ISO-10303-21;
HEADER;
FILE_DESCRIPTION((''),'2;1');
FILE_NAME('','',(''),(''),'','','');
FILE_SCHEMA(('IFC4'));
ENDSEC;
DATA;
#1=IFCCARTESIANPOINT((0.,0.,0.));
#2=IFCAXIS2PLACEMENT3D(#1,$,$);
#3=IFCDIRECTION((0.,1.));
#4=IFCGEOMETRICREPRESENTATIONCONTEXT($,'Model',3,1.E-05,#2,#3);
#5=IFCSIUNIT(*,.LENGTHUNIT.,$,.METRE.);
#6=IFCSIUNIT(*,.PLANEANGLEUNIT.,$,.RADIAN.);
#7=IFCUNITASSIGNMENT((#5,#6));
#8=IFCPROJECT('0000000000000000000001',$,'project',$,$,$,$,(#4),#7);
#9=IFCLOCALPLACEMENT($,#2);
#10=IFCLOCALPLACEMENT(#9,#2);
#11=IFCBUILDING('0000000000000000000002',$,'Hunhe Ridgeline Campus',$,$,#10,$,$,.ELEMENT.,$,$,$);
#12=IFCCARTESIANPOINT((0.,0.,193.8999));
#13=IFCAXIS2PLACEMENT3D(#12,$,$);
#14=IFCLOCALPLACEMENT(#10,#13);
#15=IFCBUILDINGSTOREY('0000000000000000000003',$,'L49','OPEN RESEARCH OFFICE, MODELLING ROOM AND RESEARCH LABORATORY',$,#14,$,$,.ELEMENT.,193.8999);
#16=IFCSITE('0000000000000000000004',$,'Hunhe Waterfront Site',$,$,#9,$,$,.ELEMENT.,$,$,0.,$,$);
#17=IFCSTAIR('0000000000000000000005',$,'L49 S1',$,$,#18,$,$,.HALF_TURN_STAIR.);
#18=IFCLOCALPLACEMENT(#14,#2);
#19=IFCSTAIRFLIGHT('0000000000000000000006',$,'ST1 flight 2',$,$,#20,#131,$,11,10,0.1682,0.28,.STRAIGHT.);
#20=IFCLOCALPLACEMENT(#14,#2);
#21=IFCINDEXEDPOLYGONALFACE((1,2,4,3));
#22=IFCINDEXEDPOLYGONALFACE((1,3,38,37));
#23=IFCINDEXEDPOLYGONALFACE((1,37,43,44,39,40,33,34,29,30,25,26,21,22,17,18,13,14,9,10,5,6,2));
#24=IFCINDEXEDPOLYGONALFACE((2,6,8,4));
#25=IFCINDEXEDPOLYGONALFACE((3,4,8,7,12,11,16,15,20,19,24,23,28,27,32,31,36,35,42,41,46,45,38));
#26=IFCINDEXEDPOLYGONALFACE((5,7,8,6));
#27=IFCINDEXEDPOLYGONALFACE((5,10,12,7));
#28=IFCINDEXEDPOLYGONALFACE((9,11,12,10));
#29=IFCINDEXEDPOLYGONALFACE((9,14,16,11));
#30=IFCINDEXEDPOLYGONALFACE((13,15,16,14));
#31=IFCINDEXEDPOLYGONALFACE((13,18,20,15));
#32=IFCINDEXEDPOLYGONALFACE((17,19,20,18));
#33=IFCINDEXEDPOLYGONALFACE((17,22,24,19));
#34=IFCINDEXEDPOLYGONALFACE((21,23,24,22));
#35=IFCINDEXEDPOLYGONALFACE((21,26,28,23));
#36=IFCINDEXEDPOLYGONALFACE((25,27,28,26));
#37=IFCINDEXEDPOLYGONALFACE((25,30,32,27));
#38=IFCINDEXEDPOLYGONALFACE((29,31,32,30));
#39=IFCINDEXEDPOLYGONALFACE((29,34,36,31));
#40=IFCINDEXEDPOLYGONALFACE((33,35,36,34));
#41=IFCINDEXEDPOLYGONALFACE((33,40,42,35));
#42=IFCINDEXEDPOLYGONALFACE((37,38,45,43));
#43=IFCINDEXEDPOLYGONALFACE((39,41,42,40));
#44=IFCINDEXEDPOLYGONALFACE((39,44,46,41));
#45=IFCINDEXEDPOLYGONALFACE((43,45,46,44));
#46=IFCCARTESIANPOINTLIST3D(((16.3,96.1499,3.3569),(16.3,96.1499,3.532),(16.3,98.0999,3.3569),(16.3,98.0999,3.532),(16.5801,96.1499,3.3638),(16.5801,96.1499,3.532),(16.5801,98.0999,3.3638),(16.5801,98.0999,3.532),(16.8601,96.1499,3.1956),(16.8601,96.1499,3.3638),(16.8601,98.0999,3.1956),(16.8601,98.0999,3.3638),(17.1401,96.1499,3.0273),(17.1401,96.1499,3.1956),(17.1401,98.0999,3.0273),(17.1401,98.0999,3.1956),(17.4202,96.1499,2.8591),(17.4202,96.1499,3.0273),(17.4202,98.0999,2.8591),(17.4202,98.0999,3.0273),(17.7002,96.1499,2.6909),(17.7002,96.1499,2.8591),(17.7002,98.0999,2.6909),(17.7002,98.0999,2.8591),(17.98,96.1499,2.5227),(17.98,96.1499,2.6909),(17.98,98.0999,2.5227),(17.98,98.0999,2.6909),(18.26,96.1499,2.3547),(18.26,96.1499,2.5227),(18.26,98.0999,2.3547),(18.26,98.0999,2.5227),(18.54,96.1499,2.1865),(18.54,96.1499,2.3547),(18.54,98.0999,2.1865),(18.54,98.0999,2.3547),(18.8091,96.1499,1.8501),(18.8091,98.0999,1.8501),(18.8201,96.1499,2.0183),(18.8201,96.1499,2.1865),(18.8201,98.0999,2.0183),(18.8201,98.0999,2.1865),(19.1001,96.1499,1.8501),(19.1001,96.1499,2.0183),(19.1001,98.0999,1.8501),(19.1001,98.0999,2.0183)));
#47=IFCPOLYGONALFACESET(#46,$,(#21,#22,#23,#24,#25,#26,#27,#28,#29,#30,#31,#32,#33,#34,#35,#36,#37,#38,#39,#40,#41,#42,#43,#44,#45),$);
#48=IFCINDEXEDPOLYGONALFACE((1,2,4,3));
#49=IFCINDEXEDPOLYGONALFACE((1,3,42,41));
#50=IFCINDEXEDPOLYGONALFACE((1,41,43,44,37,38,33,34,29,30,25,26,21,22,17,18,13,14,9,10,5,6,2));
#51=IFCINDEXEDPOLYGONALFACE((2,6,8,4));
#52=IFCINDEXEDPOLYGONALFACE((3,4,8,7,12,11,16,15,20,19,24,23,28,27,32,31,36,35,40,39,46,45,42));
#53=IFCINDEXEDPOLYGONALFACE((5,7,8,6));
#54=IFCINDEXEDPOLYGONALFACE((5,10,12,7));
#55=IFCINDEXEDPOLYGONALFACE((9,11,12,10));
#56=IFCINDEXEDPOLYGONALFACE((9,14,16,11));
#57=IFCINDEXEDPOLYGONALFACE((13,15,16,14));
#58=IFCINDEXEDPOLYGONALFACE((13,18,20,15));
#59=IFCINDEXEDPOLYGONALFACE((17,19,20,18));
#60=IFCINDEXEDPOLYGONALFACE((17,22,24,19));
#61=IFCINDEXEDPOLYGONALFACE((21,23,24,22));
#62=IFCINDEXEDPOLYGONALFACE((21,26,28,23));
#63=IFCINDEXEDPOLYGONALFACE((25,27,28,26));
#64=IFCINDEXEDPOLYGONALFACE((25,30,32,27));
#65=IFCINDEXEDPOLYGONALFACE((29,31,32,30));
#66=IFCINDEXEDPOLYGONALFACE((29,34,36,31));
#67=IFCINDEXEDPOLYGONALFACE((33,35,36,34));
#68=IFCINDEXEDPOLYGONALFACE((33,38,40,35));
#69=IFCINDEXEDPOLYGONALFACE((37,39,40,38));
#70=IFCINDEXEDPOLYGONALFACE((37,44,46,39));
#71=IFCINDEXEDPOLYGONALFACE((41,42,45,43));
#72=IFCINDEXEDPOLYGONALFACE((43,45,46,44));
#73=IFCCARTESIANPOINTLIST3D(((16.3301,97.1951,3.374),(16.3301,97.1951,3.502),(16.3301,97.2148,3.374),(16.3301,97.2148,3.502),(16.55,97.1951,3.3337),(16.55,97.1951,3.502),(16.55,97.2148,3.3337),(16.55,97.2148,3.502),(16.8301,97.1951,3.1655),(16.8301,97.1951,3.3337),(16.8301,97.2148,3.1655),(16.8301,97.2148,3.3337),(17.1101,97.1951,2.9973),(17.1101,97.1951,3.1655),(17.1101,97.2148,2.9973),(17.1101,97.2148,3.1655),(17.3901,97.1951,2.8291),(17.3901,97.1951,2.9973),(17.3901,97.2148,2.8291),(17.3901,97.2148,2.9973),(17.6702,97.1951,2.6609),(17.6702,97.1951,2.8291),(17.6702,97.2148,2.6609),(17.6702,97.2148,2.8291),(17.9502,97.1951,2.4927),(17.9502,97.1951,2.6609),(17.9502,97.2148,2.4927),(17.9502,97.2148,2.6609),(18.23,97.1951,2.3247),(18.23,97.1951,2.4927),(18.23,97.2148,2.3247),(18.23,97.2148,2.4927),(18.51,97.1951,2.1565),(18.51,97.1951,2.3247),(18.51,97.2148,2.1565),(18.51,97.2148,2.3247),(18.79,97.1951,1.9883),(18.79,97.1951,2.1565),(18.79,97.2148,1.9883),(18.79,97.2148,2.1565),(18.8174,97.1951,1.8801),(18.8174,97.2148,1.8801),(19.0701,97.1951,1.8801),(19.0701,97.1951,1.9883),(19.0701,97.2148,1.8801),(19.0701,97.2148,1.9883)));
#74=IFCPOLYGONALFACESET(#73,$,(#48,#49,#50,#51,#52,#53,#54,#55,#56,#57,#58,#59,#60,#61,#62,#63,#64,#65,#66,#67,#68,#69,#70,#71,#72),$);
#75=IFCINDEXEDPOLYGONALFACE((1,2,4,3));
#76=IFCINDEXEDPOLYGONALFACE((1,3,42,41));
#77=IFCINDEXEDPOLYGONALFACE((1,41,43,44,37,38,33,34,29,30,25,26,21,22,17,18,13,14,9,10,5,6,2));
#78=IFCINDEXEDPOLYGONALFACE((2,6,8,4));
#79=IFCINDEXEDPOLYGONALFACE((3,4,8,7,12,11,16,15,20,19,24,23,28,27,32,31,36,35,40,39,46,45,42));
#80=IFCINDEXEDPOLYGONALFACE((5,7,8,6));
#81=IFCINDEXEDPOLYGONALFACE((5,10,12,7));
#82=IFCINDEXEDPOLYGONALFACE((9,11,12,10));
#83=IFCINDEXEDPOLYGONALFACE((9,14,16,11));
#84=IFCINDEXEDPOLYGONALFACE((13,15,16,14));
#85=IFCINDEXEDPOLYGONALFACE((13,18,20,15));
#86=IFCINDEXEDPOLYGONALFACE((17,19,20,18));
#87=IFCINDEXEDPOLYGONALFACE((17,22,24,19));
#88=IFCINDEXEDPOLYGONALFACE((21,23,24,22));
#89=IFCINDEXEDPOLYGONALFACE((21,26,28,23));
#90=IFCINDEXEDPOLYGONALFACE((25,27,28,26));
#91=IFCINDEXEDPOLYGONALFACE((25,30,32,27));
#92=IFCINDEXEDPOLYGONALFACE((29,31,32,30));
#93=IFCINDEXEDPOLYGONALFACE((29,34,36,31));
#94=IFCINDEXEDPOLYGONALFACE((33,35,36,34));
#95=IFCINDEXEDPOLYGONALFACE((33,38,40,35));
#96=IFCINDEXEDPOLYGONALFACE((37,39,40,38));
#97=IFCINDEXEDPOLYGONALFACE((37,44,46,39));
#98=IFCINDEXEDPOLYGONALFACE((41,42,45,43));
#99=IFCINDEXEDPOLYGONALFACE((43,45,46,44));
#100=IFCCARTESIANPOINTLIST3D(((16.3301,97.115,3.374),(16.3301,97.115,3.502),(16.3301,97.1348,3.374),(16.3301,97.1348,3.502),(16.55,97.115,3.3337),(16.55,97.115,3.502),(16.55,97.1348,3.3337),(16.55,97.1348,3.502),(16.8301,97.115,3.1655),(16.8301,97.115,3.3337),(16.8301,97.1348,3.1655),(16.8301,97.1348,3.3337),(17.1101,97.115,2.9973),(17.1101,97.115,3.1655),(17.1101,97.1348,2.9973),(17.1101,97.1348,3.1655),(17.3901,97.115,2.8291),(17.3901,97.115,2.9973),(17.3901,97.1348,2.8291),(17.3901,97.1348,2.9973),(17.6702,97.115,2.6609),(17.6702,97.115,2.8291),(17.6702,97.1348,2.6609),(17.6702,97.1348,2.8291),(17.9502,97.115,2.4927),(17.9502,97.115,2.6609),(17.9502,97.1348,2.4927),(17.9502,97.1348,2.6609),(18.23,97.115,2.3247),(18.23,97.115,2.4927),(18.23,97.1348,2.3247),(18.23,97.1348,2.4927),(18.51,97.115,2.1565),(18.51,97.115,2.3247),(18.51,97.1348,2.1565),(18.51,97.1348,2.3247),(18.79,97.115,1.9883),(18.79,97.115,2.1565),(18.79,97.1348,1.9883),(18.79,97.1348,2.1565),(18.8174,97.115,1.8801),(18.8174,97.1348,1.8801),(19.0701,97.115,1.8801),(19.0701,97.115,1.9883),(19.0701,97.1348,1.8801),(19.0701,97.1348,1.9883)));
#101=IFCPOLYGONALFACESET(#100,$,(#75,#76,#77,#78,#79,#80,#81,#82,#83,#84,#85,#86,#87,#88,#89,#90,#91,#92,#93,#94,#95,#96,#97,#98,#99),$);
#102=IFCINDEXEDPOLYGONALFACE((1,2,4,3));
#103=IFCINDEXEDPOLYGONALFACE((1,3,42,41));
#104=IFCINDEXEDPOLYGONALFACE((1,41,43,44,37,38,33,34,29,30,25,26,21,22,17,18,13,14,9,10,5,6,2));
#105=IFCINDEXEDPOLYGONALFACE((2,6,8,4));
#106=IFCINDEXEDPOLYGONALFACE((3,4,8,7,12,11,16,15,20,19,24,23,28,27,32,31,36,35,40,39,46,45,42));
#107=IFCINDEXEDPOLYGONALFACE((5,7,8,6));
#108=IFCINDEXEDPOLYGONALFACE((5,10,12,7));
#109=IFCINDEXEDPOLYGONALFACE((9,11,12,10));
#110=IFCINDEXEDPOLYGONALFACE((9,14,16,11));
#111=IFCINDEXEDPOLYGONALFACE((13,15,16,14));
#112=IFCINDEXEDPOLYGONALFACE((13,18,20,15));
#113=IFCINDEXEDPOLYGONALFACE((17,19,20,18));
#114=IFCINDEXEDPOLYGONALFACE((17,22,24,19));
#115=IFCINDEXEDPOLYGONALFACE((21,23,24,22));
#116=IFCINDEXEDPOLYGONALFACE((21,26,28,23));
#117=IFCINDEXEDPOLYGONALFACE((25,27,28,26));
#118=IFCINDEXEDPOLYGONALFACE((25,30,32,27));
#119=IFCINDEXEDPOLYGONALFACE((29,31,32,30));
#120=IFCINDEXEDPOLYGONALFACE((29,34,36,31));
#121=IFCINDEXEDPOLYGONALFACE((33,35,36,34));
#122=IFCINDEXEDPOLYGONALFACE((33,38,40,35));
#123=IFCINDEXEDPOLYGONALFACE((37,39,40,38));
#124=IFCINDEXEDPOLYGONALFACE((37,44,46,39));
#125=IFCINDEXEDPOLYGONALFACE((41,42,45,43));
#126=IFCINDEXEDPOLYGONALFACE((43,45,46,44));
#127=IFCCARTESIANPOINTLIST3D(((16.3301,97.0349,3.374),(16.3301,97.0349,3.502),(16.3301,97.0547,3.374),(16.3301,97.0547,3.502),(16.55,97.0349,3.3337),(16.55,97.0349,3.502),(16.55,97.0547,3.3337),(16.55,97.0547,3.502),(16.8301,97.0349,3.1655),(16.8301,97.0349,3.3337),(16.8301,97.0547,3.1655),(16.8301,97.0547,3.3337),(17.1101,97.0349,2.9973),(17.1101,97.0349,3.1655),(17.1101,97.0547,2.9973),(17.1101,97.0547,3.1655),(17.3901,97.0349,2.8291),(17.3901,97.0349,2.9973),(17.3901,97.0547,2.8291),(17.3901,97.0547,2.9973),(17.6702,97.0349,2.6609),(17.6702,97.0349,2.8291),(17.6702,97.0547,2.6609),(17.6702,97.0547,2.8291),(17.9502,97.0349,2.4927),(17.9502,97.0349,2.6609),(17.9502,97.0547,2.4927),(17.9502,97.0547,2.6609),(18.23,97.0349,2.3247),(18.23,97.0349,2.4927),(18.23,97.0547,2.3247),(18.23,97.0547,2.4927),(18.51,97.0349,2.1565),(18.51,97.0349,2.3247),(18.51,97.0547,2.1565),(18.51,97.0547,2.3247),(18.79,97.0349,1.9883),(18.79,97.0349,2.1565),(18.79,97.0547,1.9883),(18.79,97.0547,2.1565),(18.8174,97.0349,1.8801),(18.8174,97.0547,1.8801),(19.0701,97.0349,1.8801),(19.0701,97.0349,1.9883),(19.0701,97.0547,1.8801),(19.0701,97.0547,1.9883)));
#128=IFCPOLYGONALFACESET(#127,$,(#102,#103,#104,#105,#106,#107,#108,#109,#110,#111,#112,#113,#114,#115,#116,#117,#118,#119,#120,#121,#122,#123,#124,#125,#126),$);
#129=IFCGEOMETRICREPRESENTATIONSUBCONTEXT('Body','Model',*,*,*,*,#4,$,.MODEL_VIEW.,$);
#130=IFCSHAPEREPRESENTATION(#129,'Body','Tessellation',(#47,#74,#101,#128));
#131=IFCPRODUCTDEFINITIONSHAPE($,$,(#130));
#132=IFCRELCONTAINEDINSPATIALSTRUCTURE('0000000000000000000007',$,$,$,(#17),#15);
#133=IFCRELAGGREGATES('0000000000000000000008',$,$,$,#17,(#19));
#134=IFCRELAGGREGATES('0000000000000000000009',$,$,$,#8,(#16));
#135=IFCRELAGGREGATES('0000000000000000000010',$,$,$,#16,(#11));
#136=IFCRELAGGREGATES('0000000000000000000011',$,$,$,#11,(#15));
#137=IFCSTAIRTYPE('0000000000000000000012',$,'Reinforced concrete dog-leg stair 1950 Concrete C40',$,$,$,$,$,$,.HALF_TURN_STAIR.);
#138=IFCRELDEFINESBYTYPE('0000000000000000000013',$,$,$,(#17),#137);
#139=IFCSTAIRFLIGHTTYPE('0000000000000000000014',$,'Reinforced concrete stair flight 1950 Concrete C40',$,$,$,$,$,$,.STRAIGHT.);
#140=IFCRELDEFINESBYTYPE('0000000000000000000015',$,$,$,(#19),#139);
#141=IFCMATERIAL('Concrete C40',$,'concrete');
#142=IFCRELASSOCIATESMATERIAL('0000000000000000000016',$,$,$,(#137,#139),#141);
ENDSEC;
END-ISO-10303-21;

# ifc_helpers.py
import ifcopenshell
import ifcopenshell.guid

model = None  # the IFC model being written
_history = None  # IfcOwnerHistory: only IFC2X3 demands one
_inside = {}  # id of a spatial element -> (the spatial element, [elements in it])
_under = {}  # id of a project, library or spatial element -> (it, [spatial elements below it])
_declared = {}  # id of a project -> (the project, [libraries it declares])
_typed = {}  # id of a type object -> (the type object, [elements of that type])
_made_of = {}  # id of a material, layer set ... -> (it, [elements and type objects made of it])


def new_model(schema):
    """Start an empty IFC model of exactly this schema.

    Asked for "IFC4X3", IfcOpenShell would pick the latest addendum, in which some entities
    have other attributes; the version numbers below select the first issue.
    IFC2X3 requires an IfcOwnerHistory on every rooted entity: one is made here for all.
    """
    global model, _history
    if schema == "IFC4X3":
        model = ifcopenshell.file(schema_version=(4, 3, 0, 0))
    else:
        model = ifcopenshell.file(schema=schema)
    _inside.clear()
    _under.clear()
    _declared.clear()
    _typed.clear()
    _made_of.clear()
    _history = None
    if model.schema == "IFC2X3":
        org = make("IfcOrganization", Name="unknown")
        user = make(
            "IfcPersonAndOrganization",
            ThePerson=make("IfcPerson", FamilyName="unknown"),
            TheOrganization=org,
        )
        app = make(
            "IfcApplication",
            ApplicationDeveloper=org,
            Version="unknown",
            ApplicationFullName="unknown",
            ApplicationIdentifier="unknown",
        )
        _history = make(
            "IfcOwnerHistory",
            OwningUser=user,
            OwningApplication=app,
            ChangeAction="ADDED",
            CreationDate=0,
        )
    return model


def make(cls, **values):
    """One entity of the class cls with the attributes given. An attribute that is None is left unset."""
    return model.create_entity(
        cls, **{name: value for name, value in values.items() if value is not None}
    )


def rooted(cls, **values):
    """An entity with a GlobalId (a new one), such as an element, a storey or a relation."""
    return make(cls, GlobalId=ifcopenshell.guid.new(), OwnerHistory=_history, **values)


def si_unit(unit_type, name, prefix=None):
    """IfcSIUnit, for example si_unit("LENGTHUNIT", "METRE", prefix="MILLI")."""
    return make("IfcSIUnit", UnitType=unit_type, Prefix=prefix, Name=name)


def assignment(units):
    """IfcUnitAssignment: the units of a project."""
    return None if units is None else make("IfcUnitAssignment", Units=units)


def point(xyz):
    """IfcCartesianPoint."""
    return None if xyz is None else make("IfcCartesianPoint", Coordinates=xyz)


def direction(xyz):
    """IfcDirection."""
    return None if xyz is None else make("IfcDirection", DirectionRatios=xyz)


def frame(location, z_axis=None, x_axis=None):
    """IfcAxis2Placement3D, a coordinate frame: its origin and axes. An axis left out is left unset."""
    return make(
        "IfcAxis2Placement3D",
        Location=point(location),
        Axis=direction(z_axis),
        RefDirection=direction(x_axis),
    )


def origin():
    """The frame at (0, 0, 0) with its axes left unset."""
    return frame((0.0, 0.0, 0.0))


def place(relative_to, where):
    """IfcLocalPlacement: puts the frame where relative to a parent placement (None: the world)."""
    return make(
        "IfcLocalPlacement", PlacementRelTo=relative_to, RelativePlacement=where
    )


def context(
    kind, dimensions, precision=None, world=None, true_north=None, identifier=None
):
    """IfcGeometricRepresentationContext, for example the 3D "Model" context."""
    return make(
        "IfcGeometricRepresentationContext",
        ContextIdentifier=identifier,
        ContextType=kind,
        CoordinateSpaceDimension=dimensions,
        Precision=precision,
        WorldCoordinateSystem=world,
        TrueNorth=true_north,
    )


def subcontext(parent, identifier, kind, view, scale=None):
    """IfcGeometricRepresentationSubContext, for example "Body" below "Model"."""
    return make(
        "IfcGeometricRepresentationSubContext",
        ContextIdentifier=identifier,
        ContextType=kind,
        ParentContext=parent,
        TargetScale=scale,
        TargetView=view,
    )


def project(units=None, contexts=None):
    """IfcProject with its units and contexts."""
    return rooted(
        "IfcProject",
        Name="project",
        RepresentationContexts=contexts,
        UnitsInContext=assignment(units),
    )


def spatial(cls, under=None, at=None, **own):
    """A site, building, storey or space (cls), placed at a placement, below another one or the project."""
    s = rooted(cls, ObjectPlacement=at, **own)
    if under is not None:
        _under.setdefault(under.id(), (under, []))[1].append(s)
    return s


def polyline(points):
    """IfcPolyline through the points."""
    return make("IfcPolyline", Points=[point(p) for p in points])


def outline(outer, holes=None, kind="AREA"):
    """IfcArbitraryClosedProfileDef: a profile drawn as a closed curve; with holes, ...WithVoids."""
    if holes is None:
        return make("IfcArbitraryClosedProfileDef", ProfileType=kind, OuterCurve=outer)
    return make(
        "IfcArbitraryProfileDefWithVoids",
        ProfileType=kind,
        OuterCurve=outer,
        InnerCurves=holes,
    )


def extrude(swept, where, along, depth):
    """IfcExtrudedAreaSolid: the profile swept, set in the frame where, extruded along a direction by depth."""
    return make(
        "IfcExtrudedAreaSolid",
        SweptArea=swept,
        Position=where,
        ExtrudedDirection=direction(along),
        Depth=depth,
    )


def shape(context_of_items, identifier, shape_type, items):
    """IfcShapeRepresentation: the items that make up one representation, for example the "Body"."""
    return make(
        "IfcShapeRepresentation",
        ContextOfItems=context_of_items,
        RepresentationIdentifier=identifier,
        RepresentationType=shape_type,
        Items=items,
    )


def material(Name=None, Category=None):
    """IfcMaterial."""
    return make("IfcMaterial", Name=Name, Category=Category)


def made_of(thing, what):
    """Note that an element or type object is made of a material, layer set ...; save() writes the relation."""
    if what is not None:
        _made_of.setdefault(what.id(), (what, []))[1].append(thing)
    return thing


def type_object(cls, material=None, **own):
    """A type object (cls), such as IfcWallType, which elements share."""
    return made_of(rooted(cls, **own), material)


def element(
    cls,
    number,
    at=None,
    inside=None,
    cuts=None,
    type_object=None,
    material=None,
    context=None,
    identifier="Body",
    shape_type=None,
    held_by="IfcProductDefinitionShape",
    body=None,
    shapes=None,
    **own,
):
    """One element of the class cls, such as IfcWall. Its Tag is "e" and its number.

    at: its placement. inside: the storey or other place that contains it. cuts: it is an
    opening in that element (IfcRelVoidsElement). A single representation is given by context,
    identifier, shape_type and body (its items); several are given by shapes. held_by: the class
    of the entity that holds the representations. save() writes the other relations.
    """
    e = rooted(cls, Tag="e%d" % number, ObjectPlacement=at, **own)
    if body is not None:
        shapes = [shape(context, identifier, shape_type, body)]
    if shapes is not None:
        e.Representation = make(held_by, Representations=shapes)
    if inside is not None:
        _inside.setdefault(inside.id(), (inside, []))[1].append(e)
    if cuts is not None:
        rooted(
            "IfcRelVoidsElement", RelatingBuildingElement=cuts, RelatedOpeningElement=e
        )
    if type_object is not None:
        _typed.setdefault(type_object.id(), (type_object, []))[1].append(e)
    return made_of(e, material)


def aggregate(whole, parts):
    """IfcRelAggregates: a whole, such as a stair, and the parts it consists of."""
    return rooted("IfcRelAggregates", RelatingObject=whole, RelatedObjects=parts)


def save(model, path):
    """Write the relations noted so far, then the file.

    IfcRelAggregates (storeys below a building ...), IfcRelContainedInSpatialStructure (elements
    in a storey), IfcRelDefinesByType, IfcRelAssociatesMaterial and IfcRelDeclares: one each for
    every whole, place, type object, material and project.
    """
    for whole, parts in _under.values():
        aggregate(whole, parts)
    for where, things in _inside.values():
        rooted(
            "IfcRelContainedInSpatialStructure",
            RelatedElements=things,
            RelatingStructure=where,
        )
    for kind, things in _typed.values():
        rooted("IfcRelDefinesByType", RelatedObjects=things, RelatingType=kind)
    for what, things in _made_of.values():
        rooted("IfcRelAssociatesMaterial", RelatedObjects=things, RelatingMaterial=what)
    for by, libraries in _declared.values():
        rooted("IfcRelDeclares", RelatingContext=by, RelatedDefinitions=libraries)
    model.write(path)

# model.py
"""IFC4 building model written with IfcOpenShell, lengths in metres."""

from ifc_helpers import new_model, si_unit, direction, frame, origin, place, context, subcontext, project, spatial, polyline, outline, extrude, material, type_object, element, aggregate, save


model = new_model("IFC4")

# Units and contexts
model_context = context("Model", 3, precision=1e-05, world=origin(), true_north=direction((0.0, 1.0)))
body_context = subcontext(model_context, "Body", "Model", "MODEL_VIEW")
ifc_project = project(units=[si_unit("LENGTHUNIT", "METRE"), si_unit("PLANEANGLEUNIT", "RADIAN")], contexts=[model_context])

# Site, building, storey
site_placement = place(None, origin())
site = spatial("IfcSite", under=ifc_project, at=site_placement, Name="Hunhe Waterfront Site", CompositionType="ELEMENT", RefElevation=0.0)
building_placement = place(site_placement, origin())
building = spatial("IfcBuilding", under=site, at=building_placement, Name="Hunhe Ridgeline Campus", CompositionType="ELEMENT")
storey_placement = place(building_placement, frame((0.0, 0.0, 193.8999)))
storey = spatial("IfcBuildingStorey", under=building, at=storey_placement, Name="L49", Description="OPEN RESEARCH OFFICE, MODELLING ROOM AND RESEARCH LABORATORY", CompositionType="ELEMENT", Elevation=193.8999)

# Stair, stair flight
ifc_material_1 = material(Name="Concrete C40", Category="concrete")
stair_type = type_object("IfcStairType", Name="Reinforced concrete dog-leg stair 1950 Concrete C40", PredefinedType="HALF_TURN_STAIR", material=ifc_material_1)
stair_placement = place(storey_placement, origin())
stair = element("IfcStair", 1, at=stair_placement, inside=storey, type_object=stair_type, Name="L49 S1", PredefinedType="HALF_TURN_STAIR")
stair_flight_type = type_object("IfcStairFlightType", Name="Reinforced concrete stair flight 1950 Concrete C40", PredefinedType="STRAIGHT", material=ifc_material_1)
stair_flight_1_placement = place(storey_placement, frame((19.1001, 97.125, 1.8501), z_axis=(0.0, 0.0, 1.0), x_axis=(-1.0, 0.0, 0.0)))
stair_flight_1 = element("IfcStairFlight", 2, at=stair_flight_1_placement, type_object=stair_flight_type, Name="ST1 flight 2", NumberOfRisers=11, NumberOfTreads=10, PredefinedType="STRAIGHT", RiserHeight=0.1682, TreadLength=0.28, context=body_context, shape_type="SweptSolid", body=[
    extrude(outline(polyline([(0.0, 0.0), (0.0, 0.1682), (0.28, 0.1682), (0.28, 0.3364), (0.5601, 0.3364), (0.5601, 0.5046), (0.8401, 0.5046), (0.8401, 0.6726), (1.1201, 0.6726), (1.1201, 0.8408), (1.3999, 0.8408), (1.3999, 1.009), (1.6799, 1.009), (1.6799, 1.1772), (1.96, 1.1772), (1.96, 1.3455), (2.24, 1.3455), (2.24, 1.5137), (2.52, 1.5137), (2.52, 1.6819), (2.8, 1.6819), (2.8, 1.8501), (2.8, 1.5068), (0.291, 0.0), (0.0, 0.0)])), frame((0.0, 0.9751, 0.0), z_axis=(0.0, -1.0, 0.0), x_axis=(1.0, 0.0, 0.0)), (0.0, 0.0, 1.0), 1.95),
    extrude(outline(polyline([(0.03, 0.03), (0.03, 0.1382), (0.3101, 0.1382), (0.3101, 0.3064), (0.5901, 0.3064), (0.5901, 0.4746), (0.8701, 0.4746), (0.8701, 0.6426), (1.1499, 0.6426), (1.1499, 0.8108), (1.4299, 0.8108), (1.4299, 0.979), (1.71, 0.979), (1.71, 1.1472), (1.99, 1.1472), (1.99, 1.3154), (2.27, 1.3154), (2.27, 1.4836), (2.55, 1.4836), (2.55, 1.6519), (2.77, 1.6519), (2.77, 1.5239), (0.2827, 0.03), (0.03, 0.03)])), frame((0.0, -0.0701, 0.0), z_axis=(0.0, -1.0, 0.0), x_axis=(1.0, 0.0, 0.0)), (0.0, 0.0, 1.0), 0.0198),
    extrude(outline(polyline([(0.03, 0.03), (0.03, 0.1382), (0.3101, 0.1382), (0.3101, 0.3064), (0.5901, 0.3064), (0.5901, 0.4746), (0.8701, 0.4746), (0.8701, 0.6426), (1.1499, 0.6426), (1.1499, 0.8108), (1.4299, 0.8108), (1.4299, 0.979), (1.71, 0.979), (1.71, 1.1472), (1.99, 1.1472), (1.99, 1.3154), (2.27, 1.3154), (2.27, 1.4836), (2.55, 1.4836), (2.55, 1.6519), (2.77, 1.6519), (2.77, 1.5239), (0.2827, 0.03), (0.03, 0.03)])), frame((0.0, 0.01, 0.0), z_axis=(0.0, -1.0, 0.0), x_axis=(1.0, 0.0, 0.0)), (0.0, 0.0, 1.0), 0.0198),
    extrude(outline(polyline([(0.03, 0.03), (0.03, 0.1382), (0.3101, 0.1382), (0.3101, 0.3064), (0.5901, 0.3064), (0.5901, 0.4746), (0.8701, 0.4746), (0.8701, 0.6426), (1.1499, 0.6426), (1.1499, 0.8108), (1.4299, 0.8108), (1.4299, 0.979), (1.71, 0.979), (1.71, 1.1472), (1.99, 1.1472), (1.99, 1.3154), (2.27, 1.3154), (2.27, 1.4836), (2.55, 1.4836), (2.55, 1.6519), (2.77, 1.6519), (2.77, 1.5239), (0.2827, 0.03), (0.03, 0.03)])), frame((0.0, 0.0901, 0.0), z_axis=(0.0, -1.0, 0.0), x_axis=(1.0, 0.0, 0.0)), (0.0, 0.0, 1.0), 0.0198),
])
aggregate(stair, [stair_flight_1])

save(model, "model.ifc")
